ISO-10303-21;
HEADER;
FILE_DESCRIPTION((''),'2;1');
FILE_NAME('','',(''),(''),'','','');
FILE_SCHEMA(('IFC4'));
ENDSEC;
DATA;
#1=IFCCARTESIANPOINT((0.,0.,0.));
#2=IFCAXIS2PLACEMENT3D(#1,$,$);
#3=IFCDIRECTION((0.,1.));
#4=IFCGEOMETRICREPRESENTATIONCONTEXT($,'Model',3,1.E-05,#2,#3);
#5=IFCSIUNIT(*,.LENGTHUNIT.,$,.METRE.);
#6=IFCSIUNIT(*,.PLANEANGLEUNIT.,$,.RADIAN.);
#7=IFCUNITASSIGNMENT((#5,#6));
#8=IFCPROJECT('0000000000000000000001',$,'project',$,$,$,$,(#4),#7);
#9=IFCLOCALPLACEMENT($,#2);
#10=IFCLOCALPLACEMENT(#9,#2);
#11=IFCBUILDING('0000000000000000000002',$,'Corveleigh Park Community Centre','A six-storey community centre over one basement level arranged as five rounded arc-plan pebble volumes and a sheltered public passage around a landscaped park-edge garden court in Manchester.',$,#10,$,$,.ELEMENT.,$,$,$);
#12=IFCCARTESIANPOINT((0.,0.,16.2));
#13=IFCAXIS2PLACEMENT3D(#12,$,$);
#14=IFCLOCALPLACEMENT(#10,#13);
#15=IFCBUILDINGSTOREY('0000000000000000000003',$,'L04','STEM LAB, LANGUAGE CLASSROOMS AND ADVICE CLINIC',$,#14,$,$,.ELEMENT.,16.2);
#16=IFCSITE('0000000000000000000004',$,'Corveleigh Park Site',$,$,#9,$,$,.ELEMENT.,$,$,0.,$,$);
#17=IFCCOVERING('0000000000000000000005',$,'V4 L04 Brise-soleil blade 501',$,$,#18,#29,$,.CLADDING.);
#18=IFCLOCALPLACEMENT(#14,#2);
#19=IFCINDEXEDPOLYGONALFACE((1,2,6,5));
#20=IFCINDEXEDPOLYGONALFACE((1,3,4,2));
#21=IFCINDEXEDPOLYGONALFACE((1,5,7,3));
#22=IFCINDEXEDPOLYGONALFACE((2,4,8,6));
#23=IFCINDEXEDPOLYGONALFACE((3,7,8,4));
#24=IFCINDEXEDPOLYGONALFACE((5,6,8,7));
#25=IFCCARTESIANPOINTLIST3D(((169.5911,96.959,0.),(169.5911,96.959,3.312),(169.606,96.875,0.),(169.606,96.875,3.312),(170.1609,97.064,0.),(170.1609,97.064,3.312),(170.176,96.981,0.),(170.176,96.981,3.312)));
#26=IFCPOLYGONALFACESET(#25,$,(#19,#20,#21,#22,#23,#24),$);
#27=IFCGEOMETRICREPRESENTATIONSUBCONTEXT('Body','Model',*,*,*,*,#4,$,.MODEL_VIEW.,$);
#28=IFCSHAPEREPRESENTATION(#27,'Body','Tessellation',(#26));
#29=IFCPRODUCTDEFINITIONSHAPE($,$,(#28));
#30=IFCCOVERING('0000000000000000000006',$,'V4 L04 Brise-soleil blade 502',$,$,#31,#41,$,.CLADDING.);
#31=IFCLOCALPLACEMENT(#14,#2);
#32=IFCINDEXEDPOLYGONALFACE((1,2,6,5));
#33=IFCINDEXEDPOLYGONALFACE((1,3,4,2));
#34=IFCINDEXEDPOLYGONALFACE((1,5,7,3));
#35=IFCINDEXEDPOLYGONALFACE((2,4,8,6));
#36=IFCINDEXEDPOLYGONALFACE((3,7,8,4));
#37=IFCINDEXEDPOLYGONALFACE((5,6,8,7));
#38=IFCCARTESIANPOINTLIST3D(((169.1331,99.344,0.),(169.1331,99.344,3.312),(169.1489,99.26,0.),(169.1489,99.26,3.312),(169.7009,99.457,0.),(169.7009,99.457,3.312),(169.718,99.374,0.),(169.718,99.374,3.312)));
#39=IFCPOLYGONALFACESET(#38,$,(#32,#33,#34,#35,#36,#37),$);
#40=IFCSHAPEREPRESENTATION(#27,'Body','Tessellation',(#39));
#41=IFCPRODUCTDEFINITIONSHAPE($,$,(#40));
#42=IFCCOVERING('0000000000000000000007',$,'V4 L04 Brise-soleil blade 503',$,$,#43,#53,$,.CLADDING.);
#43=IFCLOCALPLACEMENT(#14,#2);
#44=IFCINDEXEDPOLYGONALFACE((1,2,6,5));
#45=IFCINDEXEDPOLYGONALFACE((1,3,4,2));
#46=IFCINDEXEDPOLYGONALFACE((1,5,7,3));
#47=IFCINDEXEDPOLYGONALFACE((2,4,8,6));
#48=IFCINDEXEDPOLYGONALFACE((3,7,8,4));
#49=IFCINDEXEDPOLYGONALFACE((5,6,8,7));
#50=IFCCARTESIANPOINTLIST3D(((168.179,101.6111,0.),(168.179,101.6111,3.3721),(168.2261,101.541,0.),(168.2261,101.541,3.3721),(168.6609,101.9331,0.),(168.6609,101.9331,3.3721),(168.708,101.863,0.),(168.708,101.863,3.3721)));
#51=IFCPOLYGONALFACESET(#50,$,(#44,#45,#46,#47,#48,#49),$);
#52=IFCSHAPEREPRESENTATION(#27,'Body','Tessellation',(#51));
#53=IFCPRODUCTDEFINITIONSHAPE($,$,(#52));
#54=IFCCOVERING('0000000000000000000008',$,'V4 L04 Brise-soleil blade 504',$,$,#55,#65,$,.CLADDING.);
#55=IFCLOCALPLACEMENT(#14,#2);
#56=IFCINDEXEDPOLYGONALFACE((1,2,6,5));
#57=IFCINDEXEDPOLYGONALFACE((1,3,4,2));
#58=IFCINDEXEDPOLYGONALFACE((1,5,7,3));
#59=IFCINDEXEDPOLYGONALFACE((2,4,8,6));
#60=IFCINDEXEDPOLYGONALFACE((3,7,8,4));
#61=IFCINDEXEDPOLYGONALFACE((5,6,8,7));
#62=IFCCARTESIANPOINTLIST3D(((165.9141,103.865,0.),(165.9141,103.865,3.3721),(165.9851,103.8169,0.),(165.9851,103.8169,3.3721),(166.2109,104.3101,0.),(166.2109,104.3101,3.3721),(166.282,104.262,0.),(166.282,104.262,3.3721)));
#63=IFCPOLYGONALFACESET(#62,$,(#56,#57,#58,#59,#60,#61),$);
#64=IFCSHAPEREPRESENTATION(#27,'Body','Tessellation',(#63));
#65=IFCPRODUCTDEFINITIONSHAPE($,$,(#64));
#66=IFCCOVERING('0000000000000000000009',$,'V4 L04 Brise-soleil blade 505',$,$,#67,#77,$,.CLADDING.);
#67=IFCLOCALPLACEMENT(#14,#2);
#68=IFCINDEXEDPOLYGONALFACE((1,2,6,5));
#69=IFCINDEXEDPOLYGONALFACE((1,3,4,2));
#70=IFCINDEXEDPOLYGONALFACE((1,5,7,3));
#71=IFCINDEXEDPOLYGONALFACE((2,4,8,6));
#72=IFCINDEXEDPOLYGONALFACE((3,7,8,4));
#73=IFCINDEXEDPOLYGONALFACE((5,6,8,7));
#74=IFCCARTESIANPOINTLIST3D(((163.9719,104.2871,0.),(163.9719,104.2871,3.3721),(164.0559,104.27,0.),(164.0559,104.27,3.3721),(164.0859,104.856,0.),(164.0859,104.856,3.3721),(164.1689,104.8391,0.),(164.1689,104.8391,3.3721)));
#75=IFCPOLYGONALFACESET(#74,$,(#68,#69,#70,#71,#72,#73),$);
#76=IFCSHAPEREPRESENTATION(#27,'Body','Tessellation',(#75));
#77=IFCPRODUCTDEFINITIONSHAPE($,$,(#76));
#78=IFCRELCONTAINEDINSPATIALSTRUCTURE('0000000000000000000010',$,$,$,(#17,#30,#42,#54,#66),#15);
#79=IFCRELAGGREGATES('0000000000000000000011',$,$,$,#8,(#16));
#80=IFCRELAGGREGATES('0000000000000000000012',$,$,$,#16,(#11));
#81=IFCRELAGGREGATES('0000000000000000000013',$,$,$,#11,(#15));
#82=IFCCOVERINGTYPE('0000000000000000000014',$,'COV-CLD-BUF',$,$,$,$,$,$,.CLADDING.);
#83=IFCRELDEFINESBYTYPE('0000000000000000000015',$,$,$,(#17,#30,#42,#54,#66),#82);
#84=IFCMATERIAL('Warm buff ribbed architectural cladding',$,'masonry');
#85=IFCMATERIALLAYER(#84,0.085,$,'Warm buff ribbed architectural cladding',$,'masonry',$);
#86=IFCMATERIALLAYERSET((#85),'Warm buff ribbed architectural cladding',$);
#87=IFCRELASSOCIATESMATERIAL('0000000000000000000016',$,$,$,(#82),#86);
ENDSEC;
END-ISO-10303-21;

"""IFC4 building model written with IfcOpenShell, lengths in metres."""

from ifc_helpers import new_model, si_unit, direction, frame, origin, place, context, subcontext, project, spatial, polyline, outline, extrude, material, layer, layer_set, type_object, element, save


model = new_model("IFC4")

# Units and contexts
model_context = context("Model", 3, precision=1e-05, world=origin(), true_north=direction((0.0, 1.0)))
body_context = subcontext(model_context, "Body", "Model", "MODEL_VIEW")
ifc_project = project(units=[si_unit("LENGTHUNIT", "METRE"), si_unit("PLANEANGLEUNIT", "RADIAN")], contexts=[model_context])

# Site, building, storey
site_placement = place(None, origin())
site = spatial("IfcSite", under=ifc_project, at=site_placement, Name="Corveleigh Park Site", CompositionType="ELEMENT", RefElevation=0.0)
building_placement = place(site_placement, origin())
building = spatial("IfcBuilding", under=site, at=building_placement, Name="Corveleigh Park Community Centre", Description="A six-storey community centre over one basement level arranged as five rounded arc-plan pebble volumes and a sheltered public passage around a landscaped park-edge garden court in Manchester.", CompositionType="ELEMENT")
storey_placement = place(building_placement, frame((0.0, 0.0, 16.2)))
storey = spatial("IfcBuildingStorey", under=building, at=storey_placement, Name="L04", Description="STEM LAB, LANGUAGE CLASSROOMS AND ADVICE CLINIC", CompositionType="ELEMENT", Elevation=16.2)

# Coverings
ifc_material_1 = material(Name="Warm buff ribbed architectural cladding", Category="masonry")
ifc_layer_1 = layer(ifc_material_1, 0.085, Name="Warm buff ribbed architectural cladding", Category="masonry")
ifc_layer_set_1 = layer_set([ifc_layer_1], Name="Warm buff ribbed architectural cladding")
covering_type = type_object("IfcCoveringType", Name="COV-CLD-BUF", PredefinedType="CLADDING", material=ifc_layer_set_1)
covering_1_placement = place(storey_placement, origin())
element("IfcCovering", 1, at=covering_1_placement, inside=storey, type_object=covering_type, Name="V4 L04 Brise-soleil blade 501", PredefinedType="CLADDING", context=body_context, shape_type="SweptSolid", body=[
    extrude(outline(polyline([(169.5911, 96.959), (169.606, 96.875), (170.176, 96.981), (170.1609, 97.064), (169.5911, 96.959)])), origin(), (0.0, 0.0, 1.0), 3.312),
])
covering_2_placement = place(storey_placement, origin())
element("IfcCovering", 2, at=covering_2_placement, inside=storey, type_object=covering_type, Name="V4 L04 Brise-soleil blade 502", PredefinedType="CLADDING", context=body_context, shape_type="SweptSolid", body=[
    extrude(outline(polyline([(169.1331, 99.344), (169.1489, 99.26), (169.718, 99.374), (169.7009, 99.457), (169.1331, 99.344)])), origin(), (0.0, 0.0, 1.0), 3.312),
])
covering_3_placement = place(storey_placement, origin())
element("IfcCovering", 3, at=covering_3_placement, inside=storey, type_object=covering_type, Name="V4 L04 Brise-soleil blade 503", PredefinedType="CLADDING", context=body_context, shape_type="SweptSolid", body=[
    extrude(outline(polyline([(168.179, 101.6111), (168.2261, 101.541), (168.708, 101.863), (168.6609, 101.9331), (168.179, 101.6111)])), origin(), (0.0, 0.0, 1.0), 3.3721),
])
covering_4_placement = place(storey_placement, origin())
element("IfcCovering", 4, at=covering_4_placement, inside=storey, type_object=covering_type, Name="V4 L04 Brise-soleil blade 504", PredefinedType="CLADDING", context=body_context, shape_type="SweptSolid", body=[
    extrude(outline(polyline([(165.9141, 103.865), (165.9851, 103.8169), (166.282, 104.262), (166.2109, 104.3101), (165.9141, 103.865)])), origin(), (0.0, 0.0, 1.0), 3.3721),
])
covering_5_placement = place(storey_placement, origin())
element("IfcCovering", 5, at=covering_5_placement, inside=storey, type_object=covering_type, Name="V4 L04 Brise-soleil blade 505", PredefinedType="CLADDING", context=body_context, shape_type="SweptSolid", body=[
    extrude(outline(polyline([(163.9719, 104.2871), (164.0559, 104.27), (164.1689, 104.8391), (164.0859, 104.856), (163.9719, 104.2871)])), origin(), (0.0, 0.0, 1.0), 3.3721),
])

save(model, "model.ifc")
